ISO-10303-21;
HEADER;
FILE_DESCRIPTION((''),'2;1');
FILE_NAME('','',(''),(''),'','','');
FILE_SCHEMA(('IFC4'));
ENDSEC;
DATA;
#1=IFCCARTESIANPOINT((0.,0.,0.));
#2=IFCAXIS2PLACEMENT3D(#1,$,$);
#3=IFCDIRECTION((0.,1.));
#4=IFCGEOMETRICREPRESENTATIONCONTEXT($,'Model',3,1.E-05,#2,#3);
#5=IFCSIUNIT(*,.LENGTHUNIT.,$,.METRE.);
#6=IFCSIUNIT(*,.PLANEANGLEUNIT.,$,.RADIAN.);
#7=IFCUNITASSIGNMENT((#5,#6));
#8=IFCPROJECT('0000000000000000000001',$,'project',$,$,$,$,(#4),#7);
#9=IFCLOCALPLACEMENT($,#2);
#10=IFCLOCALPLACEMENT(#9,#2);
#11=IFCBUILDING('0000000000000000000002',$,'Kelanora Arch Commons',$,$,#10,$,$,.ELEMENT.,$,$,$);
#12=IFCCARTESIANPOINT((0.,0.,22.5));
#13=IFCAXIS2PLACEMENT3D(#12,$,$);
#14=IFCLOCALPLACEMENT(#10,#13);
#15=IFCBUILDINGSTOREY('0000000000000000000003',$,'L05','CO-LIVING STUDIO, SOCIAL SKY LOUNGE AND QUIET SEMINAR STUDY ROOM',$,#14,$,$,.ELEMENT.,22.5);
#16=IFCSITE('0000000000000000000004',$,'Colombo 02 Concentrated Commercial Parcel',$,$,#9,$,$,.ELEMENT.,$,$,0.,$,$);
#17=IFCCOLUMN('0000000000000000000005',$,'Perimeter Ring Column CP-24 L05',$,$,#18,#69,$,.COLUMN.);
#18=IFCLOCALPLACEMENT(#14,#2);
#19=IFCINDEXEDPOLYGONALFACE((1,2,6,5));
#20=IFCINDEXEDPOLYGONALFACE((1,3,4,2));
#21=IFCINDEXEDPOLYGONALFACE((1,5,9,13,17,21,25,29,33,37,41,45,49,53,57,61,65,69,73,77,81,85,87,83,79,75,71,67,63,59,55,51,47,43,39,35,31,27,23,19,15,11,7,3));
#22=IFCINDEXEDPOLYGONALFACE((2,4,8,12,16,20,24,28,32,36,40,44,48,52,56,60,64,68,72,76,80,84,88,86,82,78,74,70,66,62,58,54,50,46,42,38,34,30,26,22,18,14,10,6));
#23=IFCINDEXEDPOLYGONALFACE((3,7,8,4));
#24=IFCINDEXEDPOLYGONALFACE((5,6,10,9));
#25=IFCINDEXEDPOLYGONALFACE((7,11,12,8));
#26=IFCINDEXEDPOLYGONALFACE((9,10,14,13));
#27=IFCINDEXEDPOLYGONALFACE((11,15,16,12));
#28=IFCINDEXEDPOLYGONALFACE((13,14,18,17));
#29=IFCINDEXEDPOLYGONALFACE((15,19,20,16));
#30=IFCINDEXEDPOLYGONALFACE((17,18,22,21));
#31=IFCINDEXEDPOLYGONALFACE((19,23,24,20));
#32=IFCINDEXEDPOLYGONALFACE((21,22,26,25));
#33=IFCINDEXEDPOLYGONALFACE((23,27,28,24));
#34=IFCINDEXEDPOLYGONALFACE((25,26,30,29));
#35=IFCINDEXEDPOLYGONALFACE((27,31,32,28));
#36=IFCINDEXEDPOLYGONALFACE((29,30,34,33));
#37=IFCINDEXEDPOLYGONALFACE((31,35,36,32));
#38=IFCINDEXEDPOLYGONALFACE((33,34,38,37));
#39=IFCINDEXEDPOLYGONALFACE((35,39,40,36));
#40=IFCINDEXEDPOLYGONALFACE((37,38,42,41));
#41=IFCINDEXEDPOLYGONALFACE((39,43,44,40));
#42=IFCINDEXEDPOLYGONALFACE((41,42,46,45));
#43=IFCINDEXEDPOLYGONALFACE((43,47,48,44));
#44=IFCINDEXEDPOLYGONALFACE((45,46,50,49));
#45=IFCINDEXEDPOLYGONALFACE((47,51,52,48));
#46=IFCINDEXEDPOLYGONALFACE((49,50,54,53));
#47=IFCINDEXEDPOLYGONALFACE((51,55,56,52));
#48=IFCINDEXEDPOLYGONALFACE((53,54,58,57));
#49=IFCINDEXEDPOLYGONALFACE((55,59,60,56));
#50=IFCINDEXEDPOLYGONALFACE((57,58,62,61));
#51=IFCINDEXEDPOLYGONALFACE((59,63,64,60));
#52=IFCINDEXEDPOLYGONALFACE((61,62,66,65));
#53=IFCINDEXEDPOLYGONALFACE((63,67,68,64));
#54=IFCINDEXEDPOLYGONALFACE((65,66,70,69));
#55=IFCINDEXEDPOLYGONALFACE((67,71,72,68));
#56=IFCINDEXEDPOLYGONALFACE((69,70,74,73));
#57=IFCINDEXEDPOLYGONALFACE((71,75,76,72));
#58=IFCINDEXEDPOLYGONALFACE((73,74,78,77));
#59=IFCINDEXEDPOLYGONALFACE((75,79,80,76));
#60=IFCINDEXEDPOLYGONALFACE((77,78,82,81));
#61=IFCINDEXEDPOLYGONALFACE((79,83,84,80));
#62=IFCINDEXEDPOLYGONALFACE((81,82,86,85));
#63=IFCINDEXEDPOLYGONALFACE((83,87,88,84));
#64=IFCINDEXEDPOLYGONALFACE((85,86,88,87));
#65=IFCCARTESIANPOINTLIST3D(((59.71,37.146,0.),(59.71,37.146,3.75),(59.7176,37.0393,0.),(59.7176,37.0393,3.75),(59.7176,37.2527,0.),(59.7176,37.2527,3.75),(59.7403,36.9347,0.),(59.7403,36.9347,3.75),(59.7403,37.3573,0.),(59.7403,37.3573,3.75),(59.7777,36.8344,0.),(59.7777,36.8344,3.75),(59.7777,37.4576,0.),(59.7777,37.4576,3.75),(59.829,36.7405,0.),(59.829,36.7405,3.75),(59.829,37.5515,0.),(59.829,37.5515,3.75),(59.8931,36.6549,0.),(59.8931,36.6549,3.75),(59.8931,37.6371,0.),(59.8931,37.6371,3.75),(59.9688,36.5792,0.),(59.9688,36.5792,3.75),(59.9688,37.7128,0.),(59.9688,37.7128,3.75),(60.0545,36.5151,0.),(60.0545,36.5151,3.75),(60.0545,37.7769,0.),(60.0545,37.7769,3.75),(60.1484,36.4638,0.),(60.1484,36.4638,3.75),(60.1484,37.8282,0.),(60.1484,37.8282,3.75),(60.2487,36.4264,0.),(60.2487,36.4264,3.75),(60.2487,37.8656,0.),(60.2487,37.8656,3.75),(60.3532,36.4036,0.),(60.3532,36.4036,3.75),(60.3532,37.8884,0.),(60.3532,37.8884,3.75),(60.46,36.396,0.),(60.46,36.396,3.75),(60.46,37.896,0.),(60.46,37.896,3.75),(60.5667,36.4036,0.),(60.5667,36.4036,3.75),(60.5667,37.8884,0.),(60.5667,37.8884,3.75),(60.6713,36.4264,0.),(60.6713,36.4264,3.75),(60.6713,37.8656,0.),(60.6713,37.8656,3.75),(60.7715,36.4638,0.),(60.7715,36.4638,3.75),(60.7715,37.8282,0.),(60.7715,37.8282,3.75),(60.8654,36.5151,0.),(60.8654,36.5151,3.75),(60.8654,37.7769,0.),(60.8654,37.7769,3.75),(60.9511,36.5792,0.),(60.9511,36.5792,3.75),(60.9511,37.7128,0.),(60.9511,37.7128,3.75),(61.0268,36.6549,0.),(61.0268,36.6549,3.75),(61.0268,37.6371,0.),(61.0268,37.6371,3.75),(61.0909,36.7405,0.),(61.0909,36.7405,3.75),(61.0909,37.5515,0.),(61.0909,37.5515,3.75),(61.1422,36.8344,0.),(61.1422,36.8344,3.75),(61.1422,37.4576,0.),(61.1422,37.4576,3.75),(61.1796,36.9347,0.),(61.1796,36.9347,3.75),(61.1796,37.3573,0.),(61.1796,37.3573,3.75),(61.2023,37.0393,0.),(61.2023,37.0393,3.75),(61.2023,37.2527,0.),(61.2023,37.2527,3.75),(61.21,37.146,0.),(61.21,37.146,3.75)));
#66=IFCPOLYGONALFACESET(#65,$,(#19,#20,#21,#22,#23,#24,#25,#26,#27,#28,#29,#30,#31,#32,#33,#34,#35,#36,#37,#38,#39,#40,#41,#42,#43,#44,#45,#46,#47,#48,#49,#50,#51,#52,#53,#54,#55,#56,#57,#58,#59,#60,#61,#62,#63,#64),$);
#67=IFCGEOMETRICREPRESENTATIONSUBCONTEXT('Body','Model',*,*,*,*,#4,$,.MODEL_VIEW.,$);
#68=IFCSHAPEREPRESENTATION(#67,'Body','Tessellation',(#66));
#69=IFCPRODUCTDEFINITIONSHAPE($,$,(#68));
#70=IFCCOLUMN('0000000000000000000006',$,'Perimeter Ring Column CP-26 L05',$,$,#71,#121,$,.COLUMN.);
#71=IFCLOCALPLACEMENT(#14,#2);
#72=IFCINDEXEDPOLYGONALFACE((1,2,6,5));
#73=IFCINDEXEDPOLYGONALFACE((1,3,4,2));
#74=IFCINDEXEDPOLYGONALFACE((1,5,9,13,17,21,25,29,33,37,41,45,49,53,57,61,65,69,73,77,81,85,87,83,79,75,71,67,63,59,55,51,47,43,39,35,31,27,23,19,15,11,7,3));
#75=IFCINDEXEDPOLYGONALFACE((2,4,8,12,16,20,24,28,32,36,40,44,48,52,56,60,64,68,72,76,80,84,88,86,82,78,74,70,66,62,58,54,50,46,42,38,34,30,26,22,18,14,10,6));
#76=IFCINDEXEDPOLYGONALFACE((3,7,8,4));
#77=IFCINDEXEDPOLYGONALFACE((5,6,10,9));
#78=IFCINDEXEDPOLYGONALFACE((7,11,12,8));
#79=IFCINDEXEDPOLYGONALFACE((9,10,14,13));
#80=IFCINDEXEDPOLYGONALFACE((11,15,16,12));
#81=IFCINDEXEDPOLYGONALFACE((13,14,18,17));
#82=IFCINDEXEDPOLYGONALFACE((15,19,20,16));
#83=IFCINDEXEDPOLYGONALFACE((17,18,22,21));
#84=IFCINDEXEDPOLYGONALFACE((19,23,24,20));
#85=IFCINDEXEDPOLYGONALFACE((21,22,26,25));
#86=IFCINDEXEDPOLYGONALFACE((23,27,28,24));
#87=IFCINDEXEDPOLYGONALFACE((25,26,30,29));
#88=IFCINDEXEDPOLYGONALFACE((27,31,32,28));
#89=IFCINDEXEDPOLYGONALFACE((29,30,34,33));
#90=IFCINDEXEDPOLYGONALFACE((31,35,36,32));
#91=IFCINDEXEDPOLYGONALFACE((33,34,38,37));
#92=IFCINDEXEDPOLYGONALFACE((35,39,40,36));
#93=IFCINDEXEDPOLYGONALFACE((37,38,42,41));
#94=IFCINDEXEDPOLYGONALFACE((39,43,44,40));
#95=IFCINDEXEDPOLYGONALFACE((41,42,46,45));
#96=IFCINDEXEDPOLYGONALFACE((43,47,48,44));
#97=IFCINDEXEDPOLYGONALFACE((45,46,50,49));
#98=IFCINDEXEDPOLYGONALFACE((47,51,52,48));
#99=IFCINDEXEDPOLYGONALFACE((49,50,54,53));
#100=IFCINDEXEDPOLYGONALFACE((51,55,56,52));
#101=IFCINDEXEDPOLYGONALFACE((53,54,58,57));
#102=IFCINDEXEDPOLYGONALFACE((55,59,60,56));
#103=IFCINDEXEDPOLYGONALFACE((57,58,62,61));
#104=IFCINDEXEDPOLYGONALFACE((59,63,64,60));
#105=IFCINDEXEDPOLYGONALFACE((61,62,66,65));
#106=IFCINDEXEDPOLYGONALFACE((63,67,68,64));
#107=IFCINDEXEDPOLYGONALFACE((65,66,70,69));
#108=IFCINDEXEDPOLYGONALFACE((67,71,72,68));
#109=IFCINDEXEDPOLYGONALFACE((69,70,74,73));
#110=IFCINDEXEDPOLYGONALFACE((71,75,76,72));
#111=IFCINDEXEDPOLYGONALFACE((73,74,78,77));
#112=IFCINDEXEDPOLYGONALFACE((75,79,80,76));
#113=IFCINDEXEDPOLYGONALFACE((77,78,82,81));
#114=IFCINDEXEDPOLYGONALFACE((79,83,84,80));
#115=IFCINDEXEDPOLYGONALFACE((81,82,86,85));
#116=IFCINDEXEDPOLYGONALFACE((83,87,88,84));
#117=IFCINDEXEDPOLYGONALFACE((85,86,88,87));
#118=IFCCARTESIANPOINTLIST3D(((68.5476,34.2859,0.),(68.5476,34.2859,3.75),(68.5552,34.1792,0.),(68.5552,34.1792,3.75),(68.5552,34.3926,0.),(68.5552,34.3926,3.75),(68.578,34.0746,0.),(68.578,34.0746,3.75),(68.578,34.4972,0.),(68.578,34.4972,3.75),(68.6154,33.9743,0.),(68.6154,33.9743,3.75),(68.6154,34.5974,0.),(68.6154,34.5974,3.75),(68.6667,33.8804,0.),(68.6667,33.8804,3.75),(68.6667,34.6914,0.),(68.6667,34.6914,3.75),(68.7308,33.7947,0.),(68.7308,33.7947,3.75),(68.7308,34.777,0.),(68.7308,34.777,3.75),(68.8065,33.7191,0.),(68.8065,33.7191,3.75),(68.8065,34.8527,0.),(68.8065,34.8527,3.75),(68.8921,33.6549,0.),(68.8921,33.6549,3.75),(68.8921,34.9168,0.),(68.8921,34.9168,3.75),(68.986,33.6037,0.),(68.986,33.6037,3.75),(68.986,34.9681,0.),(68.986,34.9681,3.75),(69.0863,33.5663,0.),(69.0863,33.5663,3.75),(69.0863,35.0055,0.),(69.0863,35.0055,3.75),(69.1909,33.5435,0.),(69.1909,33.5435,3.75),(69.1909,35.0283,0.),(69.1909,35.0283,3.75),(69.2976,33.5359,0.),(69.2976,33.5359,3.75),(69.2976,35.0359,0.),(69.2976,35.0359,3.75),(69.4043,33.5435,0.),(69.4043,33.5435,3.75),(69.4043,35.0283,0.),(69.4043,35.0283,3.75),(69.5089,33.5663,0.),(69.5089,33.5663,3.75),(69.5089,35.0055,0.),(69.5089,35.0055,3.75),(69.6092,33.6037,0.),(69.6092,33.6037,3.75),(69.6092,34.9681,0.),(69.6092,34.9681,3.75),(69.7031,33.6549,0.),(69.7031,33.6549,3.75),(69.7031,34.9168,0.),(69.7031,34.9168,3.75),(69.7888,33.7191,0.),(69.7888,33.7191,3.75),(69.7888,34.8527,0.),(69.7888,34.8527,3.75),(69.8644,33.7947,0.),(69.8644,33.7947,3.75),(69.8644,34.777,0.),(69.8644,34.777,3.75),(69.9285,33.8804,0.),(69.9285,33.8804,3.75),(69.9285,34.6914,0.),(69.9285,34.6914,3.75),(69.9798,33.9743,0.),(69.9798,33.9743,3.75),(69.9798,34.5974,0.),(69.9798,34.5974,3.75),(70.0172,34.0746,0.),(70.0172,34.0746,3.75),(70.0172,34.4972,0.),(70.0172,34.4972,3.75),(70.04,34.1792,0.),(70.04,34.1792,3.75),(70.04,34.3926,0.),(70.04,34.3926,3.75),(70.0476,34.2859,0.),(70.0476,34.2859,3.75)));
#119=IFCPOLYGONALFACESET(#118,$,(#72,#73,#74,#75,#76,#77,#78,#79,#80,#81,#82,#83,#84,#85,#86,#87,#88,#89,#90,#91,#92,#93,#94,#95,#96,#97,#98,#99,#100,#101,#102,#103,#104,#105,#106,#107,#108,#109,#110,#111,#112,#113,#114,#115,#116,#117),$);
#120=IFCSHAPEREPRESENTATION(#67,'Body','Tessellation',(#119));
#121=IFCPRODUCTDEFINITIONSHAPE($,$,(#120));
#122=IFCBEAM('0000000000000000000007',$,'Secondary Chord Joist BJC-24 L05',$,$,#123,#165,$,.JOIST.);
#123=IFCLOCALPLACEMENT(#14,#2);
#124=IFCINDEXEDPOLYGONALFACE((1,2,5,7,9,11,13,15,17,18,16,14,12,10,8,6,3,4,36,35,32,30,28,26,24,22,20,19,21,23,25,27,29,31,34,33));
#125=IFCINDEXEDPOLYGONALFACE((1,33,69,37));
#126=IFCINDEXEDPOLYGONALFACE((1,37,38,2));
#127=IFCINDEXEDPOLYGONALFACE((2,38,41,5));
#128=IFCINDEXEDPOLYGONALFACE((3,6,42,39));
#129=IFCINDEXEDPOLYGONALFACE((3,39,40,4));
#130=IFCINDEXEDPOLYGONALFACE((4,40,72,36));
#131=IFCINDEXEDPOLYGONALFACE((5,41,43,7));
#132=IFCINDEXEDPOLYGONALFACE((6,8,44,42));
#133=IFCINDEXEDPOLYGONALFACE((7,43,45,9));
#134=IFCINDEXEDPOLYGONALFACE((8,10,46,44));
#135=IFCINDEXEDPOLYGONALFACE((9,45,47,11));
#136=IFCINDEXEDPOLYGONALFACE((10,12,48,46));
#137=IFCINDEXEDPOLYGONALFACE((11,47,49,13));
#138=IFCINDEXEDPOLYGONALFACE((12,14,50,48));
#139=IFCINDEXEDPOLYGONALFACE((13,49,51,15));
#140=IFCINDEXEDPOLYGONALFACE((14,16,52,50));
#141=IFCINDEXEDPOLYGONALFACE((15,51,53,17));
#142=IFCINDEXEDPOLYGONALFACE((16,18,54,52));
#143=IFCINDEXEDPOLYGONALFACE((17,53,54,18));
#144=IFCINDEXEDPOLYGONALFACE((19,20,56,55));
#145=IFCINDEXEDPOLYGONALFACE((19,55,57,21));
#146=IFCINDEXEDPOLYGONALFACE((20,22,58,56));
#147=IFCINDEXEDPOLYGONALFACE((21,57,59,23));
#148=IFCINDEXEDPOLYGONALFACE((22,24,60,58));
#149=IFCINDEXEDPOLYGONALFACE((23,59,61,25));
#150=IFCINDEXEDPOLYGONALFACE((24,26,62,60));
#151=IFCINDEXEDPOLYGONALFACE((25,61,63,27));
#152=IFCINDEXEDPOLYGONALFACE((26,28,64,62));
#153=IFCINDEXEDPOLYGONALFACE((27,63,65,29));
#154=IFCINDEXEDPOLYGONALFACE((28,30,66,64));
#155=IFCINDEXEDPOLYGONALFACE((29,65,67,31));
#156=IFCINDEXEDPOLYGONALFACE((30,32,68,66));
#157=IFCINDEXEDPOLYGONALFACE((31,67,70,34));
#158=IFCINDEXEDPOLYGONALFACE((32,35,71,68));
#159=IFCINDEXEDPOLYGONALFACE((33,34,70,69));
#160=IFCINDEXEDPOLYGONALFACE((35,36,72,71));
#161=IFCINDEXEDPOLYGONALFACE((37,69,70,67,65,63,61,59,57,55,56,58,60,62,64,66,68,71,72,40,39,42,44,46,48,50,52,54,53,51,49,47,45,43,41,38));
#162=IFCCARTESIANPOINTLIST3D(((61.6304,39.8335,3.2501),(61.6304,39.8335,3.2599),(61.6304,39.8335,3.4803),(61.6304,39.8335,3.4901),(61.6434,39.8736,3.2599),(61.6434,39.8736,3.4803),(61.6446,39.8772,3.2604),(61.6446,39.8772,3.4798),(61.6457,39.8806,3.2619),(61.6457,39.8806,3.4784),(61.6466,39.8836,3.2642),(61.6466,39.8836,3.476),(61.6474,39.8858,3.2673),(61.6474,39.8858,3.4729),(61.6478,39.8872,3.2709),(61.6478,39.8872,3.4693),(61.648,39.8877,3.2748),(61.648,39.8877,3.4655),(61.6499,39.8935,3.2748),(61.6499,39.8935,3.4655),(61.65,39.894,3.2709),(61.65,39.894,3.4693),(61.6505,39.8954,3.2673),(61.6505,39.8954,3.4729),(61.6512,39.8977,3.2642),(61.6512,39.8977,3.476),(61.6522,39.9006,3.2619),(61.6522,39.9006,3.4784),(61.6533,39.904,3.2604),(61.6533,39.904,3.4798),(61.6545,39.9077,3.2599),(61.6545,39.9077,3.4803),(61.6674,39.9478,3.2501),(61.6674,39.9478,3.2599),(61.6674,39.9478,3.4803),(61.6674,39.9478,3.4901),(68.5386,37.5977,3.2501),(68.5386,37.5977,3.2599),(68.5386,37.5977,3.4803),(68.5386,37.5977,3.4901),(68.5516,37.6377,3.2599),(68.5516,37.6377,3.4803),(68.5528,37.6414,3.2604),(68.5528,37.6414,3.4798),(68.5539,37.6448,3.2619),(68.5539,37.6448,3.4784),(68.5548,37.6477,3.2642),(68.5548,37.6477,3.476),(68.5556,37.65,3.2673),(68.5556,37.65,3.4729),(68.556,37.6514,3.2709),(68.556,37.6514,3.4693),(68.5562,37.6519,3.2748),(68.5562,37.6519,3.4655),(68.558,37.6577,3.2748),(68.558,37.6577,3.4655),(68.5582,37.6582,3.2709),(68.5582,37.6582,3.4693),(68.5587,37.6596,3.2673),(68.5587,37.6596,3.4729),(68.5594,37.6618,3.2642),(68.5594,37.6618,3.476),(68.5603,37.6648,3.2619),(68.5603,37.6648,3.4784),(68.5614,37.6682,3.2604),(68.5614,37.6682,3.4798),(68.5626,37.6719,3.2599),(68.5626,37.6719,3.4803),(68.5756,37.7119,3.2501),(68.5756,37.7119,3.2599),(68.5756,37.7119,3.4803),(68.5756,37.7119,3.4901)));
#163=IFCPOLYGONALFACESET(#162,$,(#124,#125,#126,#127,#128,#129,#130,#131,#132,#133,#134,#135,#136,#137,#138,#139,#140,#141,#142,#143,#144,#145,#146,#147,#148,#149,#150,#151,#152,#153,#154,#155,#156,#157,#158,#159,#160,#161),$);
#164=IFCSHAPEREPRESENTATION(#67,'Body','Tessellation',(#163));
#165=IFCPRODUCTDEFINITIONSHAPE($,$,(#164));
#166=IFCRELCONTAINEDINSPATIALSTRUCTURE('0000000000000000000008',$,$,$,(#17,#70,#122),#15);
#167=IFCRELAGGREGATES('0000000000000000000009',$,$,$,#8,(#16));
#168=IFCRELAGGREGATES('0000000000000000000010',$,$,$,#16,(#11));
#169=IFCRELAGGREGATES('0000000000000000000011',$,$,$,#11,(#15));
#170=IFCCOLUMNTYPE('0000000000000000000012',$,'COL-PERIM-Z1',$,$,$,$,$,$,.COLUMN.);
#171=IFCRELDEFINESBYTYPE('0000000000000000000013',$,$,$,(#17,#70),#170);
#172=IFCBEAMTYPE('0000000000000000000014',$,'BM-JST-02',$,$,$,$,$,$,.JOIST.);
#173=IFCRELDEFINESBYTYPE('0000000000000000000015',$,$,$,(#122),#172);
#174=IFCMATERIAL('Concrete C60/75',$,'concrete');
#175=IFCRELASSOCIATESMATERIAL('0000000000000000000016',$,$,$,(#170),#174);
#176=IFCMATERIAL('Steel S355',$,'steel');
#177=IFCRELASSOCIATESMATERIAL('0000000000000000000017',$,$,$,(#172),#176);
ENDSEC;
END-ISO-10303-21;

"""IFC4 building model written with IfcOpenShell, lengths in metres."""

from ifc_helpers import new_model, si_unit, direction, frame, origin, origin_2d, place, context, subcontext, project, spatial, circle, i_section, extrude, material, material_profile, profile_set, type_object, element, save


model = new_model("IFC4")

# Units and contexts
model_context = context("Model", 3, precision=1e-05, world=origin(), true_north=direction((0.0, 1.0)))
body_context = subcontext(model_context, "Body", "Model", "MODEL_VIEW")
ifc_project = project(units=[si_unit("LENGTHUNIT", "METRE"), si_unit("PLANEANGLEUNIT", "RADIAN")], contexts=[model_context])

# Site, building, storey
site_placement = place(None, origin())
site = spatial("IfcSite", under=ifc_project, at=site_placement, Name="Colombo 02 Concentrated Commercial Parcel", CompositionType="ELEMENT", RefElevation=0.0)
building_placement = place(site_placement, origin())
building = spatial("IfcBuilding", under=site, at=building_placement, Name="Kelanora Arch Commons", CompositionType="ELEMENT")
storey_placement = place(building_placement, frame((0.0, 0.0, 22.5)))
storey = spatial("IfcBuildingStorey", under=building, at=storey_placement, Name="L05", Description="CO-LIVING STUDIO, SOCIAL SKY LOUNGE AND QUIET SEMINAR STUDY ROOM", CompositionType="ELEMENT", Elevation=22.5)

# Columns
ifc_material_1 = material(Name="Concrete C60/75", Category="concrete")
ifc_material_profile_1 = material_profile(ifc_material_1, circle(Radius=0.75, at=origin_2d()), Name="RCC1500")
ifc_profile_set_1 = profile_set([ifc_material_profile_1], Name="Concrete C60/75")
column_type = type_object("IfcColumnType", Name="COL-PERIM-Z1", PredefinedType="COLUMN", material=ifc_profile_set_1)
for number, where, z_axis, x_axis, name in (
    (1, (60.46, 37.146, 0.0), (0.0, 0.0, 1.0), (1.0, 0.0, 0.0), "Perimeter Ring Column CP-24 L05"),
    (2, (69.2976, 34.2859, 0.0), (0.0, 0.0, 1.0), (1.0, 0.0, 0.0), "Perimeter Ring Column CP-26 L05"),
):
    element("IfcColumn", number, at=place(storey_placement, frame(where, z_axis=z_axis, x_axis=x_axis)), inside=storey, type_object=column_type, Name=name, PredefinedType="COLUMN", context=body_context, shape_type="SweptSolid", body=[
        extrude(circle(Radius=0.75, at=origin_2d()), origin(), (0.0, 0.0, 1.0), 3.75),
    ])

# Beam
ifc_material_2 = material(Name="Steel S355", Category="steel")
ifc_material_profile_2 = material_profile(ifc_material_2, i_section(OverallWidth=0.1201, OverallDepth=0.24, WebThickness=0.0061, FlangeThickness=0.0098, FilletRadius=0.0149, at=origin_2d()), Name="IPE240")
ifc_profile_set_2 = profile_set([ifc_material_profile_2], Name="Steel S355")
beam_type_1 = type_object("IfcBeamType", Name="BM-JST-02", PredefinedType="JOIST", material=ifc_profile_set_2)
beam_1_placement = place(storey_placement, frame((61.6489, 39.8906, 3.3701), z_axis=(0.951411, -0.307924, 0.0), x_axis=(0.307924, 0.951411, 0.0)))
element("IfcBeam", 3, at=beam_1_placement, inside=storey, type_object=beam_type_1, Name="Secondary Chord Joist BJC-24 L05", PredefinedType="JOIST", context=body_context, shape_type="SweptSolid", body=[
    extrude(i_section(OverallWidth=0.1201, OverallDepth=0.24, WebThickness=0.0061, FlangeThickness=0.0098, FilletRadius=0.0149, at=origin_2d()), origin(), (0.0, 0.0, 1.0), 7.261),
])

save(model, "model.ifc")
